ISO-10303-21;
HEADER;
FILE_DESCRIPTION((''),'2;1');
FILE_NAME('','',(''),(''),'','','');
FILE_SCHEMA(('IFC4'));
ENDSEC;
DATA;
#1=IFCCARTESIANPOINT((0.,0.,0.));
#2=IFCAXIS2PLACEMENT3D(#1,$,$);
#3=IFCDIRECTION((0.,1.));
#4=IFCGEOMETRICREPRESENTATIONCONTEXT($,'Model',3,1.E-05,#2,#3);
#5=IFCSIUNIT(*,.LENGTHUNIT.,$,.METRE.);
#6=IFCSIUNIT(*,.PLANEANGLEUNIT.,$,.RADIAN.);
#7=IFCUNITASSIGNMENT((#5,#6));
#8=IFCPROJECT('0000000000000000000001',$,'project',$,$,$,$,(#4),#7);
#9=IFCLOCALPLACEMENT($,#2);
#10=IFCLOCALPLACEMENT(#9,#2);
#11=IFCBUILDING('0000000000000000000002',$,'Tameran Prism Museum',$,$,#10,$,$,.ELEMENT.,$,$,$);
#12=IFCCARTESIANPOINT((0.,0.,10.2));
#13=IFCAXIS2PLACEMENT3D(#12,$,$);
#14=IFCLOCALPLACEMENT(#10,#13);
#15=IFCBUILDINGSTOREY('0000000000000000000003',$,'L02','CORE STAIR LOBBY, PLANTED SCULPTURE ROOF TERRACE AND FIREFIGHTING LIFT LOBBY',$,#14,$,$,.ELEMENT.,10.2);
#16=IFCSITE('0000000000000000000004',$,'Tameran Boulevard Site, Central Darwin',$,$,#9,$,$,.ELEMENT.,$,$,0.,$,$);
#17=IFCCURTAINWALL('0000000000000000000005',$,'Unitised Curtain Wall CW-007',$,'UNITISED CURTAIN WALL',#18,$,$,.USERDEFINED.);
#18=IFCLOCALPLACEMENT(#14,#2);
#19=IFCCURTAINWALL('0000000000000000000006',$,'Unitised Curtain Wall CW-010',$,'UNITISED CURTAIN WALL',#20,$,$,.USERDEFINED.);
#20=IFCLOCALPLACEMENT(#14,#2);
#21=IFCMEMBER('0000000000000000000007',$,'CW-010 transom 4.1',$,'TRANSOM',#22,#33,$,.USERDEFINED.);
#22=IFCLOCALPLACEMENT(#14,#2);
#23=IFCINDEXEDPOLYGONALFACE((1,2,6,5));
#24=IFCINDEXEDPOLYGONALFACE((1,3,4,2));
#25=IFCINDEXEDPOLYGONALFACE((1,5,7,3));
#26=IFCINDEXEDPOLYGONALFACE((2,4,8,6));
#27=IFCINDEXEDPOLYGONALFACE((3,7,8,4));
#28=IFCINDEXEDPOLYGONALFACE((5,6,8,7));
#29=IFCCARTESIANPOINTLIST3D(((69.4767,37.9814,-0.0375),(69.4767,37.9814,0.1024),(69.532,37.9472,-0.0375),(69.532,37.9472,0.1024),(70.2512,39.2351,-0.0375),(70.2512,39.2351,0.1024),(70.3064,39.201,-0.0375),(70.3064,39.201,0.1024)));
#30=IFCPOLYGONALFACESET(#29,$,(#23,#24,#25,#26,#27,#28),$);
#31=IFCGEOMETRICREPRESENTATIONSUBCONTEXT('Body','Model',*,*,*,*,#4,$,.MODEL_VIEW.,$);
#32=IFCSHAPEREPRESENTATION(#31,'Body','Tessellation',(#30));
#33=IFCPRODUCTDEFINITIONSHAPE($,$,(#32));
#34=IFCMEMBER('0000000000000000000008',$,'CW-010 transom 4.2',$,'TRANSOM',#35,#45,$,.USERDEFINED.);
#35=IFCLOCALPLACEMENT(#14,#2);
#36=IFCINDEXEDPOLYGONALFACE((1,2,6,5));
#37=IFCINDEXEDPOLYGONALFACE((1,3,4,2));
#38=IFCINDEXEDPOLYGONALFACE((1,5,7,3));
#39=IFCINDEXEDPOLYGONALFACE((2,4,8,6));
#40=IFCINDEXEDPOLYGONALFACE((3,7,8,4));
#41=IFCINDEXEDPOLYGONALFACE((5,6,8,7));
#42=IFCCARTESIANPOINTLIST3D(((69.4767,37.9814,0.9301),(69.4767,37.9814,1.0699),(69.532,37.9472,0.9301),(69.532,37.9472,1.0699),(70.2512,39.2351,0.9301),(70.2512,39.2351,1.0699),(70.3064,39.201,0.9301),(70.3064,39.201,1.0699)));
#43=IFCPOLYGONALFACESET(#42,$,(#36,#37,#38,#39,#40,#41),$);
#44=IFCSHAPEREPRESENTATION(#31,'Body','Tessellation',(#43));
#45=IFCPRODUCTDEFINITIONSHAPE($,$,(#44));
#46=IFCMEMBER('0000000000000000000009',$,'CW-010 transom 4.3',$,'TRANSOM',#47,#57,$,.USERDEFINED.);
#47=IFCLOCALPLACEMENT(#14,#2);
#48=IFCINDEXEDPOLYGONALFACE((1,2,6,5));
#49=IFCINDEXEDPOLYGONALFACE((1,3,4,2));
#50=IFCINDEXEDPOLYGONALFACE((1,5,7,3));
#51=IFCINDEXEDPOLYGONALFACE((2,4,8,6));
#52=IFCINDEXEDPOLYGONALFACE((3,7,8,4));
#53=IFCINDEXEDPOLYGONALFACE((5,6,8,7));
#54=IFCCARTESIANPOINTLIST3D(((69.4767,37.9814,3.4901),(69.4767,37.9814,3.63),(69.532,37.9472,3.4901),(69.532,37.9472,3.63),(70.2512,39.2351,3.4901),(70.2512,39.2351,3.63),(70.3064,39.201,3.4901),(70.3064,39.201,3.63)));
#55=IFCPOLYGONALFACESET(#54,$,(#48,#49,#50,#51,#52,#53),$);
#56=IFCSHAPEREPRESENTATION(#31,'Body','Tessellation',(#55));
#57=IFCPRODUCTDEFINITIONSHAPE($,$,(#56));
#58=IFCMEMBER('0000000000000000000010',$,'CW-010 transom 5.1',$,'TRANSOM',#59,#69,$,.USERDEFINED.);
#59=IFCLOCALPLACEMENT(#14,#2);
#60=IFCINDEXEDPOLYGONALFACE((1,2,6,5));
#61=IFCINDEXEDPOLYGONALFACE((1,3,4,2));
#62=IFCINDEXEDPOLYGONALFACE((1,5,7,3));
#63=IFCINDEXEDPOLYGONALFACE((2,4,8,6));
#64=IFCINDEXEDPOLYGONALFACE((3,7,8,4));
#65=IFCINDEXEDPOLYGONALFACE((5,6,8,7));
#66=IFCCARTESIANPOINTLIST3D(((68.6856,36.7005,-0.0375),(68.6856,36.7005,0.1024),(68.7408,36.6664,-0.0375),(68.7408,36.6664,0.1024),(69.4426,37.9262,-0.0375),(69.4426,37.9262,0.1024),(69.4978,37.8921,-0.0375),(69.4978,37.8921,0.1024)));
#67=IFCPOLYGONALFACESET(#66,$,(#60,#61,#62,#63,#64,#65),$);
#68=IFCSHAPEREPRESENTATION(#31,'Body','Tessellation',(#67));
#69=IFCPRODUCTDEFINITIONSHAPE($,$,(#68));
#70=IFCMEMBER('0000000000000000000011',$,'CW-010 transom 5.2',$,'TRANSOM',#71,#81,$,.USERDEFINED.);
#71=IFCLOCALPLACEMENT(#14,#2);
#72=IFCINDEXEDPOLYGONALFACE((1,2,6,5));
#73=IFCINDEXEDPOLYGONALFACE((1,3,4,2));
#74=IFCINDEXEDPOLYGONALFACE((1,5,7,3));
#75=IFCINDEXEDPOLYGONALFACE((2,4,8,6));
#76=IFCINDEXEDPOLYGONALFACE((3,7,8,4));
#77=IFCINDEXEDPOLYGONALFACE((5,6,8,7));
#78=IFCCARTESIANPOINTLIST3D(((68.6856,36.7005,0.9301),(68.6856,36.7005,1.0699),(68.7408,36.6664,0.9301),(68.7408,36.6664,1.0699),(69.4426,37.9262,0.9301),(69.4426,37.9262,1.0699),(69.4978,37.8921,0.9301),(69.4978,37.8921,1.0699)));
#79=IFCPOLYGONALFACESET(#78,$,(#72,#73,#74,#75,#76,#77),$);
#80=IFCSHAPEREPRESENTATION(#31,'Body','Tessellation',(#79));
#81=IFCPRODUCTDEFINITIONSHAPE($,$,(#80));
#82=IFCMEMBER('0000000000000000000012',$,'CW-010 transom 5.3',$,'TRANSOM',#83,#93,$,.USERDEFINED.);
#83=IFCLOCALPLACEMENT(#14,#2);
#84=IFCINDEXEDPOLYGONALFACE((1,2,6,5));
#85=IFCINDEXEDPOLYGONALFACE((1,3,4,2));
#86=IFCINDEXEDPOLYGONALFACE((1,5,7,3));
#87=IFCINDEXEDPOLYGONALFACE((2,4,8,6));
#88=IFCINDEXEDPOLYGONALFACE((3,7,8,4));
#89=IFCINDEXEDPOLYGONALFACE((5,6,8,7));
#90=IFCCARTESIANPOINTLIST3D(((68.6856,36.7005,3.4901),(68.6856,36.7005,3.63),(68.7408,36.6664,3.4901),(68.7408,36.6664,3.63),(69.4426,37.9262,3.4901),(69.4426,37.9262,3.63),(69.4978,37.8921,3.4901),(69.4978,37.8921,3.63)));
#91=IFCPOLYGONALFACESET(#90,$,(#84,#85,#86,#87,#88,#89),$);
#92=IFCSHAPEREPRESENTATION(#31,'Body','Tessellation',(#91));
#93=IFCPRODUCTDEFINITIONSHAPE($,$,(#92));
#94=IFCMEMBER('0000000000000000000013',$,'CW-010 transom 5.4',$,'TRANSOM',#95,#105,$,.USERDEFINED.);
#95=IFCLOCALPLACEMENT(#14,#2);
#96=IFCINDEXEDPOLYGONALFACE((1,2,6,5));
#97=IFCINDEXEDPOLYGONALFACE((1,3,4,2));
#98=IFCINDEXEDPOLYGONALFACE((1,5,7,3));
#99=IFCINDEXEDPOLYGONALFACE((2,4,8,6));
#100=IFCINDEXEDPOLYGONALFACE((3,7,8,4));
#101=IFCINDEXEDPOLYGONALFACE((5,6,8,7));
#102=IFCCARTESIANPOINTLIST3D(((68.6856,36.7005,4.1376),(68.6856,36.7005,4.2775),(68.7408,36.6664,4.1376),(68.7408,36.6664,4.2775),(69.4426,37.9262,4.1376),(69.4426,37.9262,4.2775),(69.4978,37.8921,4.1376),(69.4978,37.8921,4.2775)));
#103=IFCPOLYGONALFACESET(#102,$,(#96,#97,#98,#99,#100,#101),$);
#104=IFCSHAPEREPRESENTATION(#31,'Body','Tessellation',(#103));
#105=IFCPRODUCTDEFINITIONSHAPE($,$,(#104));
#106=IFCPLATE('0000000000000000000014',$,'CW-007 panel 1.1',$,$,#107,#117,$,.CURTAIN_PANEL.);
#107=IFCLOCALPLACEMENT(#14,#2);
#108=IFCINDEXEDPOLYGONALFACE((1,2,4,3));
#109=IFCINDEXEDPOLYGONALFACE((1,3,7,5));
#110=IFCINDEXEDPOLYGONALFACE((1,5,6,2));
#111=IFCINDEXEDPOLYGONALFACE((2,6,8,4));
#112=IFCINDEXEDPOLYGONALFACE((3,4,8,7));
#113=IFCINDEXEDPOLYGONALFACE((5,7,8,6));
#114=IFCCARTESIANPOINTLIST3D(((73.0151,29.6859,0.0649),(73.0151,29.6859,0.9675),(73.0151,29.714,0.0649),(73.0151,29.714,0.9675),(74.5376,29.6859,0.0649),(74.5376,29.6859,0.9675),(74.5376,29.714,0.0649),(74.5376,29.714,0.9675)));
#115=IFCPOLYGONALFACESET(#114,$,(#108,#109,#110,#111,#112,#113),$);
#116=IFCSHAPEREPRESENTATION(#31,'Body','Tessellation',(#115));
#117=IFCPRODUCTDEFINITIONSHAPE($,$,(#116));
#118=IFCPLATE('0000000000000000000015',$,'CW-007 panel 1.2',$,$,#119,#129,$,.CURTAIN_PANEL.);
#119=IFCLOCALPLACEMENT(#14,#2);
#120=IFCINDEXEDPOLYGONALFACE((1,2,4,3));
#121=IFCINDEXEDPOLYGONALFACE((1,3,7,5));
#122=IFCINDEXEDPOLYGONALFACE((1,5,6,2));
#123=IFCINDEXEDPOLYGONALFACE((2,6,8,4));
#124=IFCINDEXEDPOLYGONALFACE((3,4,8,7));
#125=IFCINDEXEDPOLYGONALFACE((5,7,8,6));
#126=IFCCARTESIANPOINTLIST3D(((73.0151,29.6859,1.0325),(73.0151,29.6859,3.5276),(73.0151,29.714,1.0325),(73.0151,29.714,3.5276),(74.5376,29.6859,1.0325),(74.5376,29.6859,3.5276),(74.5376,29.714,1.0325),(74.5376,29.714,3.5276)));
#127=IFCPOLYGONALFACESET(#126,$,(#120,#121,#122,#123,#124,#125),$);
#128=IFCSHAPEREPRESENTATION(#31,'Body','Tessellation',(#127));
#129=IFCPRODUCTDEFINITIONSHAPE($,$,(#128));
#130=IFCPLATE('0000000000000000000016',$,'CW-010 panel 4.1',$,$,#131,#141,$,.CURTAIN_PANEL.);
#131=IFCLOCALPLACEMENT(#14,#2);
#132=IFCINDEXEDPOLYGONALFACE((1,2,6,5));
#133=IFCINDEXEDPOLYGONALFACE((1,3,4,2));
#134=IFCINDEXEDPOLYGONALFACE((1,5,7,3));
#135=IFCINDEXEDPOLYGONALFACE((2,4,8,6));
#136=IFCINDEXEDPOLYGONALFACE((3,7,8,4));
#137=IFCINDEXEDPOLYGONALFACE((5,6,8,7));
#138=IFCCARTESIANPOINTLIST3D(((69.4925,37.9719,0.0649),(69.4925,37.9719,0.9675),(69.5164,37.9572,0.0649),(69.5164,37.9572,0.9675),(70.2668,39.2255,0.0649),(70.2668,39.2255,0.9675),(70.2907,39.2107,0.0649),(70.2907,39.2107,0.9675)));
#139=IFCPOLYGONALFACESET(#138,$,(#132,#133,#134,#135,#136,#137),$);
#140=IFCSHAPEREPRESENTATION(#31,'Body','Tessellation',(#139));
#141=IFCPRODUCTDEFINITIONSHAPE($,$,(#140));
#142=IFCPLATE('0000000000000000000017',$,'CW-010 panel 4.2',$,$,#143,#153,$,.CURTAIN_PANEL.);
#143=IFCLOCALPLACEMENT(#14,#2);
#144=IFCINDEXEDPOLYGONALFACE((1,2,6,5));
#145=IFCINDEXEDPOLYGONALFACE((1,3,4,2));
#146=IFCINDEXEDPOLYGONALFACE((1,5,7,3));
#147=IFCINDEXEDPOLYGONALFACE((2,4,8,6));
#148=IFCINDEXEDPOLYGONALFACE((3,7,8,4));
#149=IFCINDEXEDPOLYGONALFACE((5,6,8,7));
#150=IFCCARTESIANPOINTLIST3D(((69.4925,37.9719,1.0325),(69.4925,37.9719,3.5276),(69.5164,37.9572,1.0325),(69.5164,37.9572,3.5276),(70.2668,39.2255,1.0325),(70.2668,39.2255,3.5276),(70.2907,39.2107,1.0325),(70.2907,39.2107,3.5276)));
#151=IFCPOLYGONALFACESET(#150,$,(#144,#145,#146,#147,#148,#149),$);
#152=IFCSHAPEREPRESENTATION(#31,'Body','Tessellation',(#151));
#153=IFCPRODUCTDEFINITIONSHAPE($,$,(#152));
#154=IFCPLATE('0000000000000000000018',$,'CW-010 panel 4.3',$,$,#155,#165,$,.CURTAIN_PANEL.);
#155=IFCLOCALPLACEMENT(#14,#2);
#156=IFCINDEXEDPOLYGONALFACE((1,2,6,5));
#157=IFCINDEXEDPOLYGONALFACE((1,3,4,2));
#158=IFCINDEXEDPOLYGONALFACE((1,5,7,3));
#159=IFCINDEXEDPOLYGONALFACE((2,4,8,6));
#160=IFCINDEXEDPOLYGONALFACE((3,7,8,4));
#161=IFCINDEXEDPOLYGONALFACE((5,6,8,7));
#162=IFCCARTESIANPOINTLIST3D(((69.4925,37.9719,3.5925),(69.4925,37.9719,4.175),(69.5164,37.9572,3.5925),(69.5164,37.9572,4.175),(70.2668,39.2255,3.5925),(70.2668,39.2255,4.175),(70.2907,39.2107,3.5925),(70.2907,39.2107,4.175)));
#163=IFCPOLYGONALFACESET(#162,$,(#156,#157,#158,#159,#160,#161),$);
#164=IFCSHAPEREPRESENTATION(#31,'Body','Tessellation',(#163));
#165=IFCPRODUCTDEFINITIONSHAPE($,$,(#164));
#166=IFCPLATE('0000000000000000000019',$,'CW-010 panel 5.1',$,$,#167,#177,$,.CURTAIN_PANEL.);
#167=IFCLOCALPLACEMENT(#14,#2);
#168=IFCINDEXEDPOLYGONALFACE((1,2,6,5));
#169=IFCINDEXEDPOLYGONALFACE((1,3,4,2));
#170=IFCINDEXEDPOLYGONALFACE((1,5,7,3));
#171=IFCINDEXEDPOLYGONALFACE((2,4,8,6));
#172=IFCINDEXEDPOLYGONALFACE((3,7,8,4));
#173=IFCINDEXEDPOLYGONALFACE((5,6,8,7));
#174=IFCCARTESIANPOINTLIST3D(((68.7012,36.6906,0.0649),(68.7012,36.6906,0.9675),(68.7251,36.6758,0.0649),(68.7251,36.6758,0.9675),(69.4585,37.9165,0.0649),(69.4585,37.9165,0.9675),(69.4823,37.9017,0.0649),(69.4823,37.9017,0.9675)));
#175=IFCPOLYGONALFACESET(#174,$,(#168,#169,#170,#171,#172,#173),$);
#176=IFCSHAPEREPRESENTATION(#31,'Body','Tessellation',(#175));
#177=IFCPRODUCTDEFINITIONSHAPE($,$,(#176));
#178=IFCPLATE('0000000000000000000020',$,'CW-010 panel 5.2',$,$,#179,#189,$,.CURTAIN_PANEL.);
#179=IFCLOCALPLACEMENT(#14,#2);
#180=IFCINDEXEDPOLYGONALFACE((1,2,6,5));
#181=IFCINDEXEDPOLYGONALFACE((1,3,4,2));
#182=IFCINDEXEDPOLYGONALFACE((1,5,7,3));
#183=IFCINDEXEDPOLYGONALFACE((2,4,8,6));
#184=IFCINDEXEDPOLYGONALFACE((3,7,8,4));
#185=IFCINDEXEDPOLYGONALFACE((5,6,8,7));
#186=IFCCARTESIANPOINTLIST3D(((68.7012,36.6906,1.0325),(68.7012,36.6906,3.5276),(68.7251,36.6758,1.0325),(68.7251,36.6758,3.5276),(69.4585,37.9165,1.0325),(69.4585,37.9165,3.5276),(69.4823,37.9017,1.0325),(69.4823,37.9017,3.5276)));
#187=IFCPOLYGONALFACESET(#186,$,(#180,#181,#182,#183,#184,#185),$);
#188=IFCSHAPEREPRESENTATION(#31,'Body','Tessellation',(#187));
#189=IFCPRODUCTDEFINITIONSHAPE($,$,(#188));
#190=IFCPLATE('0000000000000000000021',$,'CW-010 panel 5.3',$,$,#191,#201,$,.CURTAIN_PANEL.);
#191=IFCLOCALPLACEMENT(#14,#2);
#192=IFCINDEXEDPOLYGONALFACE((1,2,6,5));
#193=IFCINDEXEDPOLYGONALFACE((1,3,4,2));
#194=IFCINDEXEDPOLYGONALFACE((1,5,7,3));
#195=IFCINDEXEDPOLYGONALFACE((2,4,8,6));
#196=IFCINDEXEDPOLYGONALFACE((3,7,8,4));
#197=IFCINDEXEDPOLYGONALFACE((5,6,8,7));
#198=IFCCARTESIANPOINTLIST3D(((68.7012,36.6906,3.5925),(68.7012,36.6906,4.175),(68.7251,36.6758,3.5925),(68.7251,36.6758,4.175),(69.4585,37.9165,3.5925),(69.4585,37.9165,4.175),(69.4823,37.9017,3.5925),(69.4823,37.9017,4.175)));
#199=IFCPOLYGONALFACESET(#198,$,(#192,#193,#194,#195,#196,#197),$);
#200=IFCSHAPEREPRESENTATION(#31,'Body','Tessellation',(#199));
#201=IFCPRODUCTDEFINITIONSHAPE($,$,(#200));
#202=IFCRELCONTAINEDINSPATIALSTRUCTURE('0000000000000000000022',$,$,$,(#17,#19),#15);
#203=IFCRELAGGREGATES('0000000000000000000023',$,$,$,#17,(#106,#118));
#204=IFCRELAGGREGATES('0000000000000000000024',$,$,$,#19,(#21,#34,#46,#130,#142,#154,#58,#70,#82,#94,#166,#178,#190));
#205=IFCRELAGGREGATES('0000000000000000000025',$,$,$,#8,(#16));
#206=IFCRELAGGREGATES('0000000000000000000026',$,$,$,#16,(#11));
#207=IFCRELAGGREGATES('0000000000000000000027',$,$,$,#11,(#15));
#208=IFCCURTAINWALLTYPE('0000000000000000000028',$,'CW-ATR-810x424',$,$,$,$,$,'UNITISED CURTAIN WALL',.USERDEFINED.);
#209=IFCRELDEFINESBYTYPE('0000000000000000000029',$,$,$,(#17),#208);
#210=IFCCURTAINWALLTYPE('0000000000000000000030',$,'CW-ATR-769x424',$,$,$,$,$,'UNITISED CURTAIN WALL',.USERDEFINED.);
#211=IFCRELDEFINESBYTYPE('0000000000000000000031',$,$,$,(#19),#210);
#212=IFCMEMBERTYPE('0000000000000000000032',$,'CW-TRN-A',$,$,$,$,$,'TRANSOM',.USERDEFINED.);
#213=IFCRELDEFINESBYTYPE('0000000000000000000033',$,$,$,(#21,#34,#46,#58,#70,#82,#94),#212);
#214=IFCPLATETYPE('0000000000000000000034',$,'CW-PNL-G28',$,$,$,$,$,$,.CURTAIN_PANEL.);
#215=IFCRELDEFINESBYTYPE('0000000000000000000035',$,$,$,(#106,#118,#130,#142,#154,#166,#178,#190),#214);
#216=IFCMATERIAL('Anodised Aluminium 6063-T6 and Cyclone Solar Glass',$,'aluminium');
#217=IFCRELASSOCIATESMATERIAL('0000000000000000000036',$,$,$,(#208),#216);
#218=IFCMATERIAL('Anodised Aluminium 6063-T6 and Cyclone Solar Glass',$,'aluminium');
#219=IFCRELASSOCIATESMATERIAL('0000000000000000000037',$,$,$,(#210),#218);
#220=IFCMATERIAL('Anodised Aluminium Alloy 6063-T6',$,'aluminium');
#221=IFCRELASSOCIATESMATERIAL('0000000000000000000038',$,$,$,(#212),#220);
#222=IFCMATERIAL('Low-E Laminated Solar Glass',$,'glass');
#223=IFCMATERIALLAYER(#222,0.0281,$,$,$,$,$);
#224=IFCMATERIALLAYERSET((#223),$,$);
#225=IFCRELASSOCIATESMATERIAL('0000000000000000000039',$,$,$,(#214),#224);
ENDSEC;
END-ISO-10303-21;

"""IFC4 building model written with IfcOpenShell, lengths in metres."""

from ifc_helpers import new_model, si_unit, direction, frame, origin, origin_2d, place, context, subcontext, project, spatial, rectangle, extrude, material, layer, layer_set, material_profile, profile_set, type_object, element, aggregate, save


model = new_model("IFC4")

# Units and contexts
model_context = context("Model", 3, precision=1e-05, world=origin(), true_north=direction((0.0, 1.0)))
body_context = subcontext(model_context, "Body", "Model", "MODEL_VIEW")
ifc_project = project(units=[si_unit("LENGTHUNIT", "METRE"), si_unit("PLANEANGLEUNIT", "RADIAN")], contexts=[model_context])

# Site, building, storey
site_placement = place(None, origin())
site = spatial("IfcSite", under=ifc_project, at=site_placement, Name="Tameran Boulevard Site, Central Darwin", CompositionType="ELEMENT", RefElevation=0.0)
building_placement = place(site_placement, origin())
building = spatial("IfcBuilding", under=site, at=building_placement, Name="Tameran Prism Museum", CompositionType="ELEMENT")
storey_placement = place(building_placement, frame((0.0, 0.0, 10.2)))
storey = spatial("IfcBuildingStorey", under=building, at=storey_placement, Name="L02", Description="CORE STAIR LOBBY, PLANTED SCULPTURE ROOF TERRACE AND FIREFIGHTING LIFT LOBBY", CompositionType="ELEMENT", Elevation=10.2)

# Curtain wall
ifc_material_1 = material(Name="Anodised Aluminium 6063-T6 and Cyclone Solar Glass", Category="aluminium")
curtain_wall_type_1 = type_object("IfcCurtainWallType", Name="CW-ATR-810x424", ElementType="UNITISED CURTAIN WALL", PredefinedType="USERDEFINED", material=ifc_material_1)
curtain_wall_1_placement = place(storey_placement, origin())
curtain_wall_1 = element("IfcCurtainWall", 1, at=curtain_wall_1_placement, inside=storey, type_object=curtain_wall_type_1, Name="Unitised Curtain Wall CW-007", ObjectType="UNITISED CURTAIN WALL", PredefinedType="USERDEFINED")

# Curtain wall
ifc_material_2 = material(Name="Anodised Aluminium 6063-T6 and Cyclone Solar Glass", Category="aluminium")
curtain_wall_type_2 = type_object("IfcCurtainWallType", Name="CW-ATR-769x424", ElementType="UNITISED CURTAIN WALL", PredefinedType="USERDEFINED", material=ifc_material_2)
curtain_wall_2_placement = place(storey_placement, origin())
curtain_wall_2 = element("IfcCurtainWall", 2, at=curtain_wall_2_placement, inside=storey, type_object=curtain_wall_type_2, Name="Unitised Curtain Wall CW-010", ObjectType="UNITISED CURTAIN WALL", PredefinedType="USERDEFINED")

# Members
ifc_material_3 = material(Name="Anodised Aluminium Alloy 6063-T6", Category="aluminium")
ifc_material_profile_1 = material_profile(ifc_material_3, rectangle(XDim=0.0649, YDim=0.1399, at=origin_2d()))
ifc_profile_set_1 = profile_set([ifc_material_profile_1])
member_type_1 = type_object("IfcMemberType", Name="CW-TRN-A", ElementType="TRANSOM", PredefinedType="USERDEFINED", material=ifc_profile_set_1)
member_1_placement = place(storey_placement, frame((70.2788, 39.218, 0.0325), z_axis=(-0.525539, -0.85077, 0.0), x_axis=(0.85077, -0.525539, 0.0)))
member_1 = element("IfcMember", 3, at=member_1_placement, type_object=member_type_1, Name="CW-010 transom 4.1", ObjectType="TRANSOM", PredefinedType="USERDEFINED", context=body_context, shape_type="SweptSolid", body=[
    extrude(rectangle(XDim=0.0649, YDim=0.1399, at=origin_2d()), origin(), (0.0, 0.0, 1.0), 1.4736),
])
member_2_placement = place(storey_placement, frame((70.2788, 39.218, 1.0), z_axis=(-0.525539, -0.85077, 0.0), x_axis=(0.85077, -0.525539, 0.0)))
member_2 = element("IfcMember", 4, at=member_2_placement, type_object=member_type_1, Name="CW-010 transom 4.2", ObjectType="TRANSOM", PredefinedType="USERDEFINED", context=body_context, shape_type="SweptSolid", body=[
    extrude(rectangle(XDim=0.0649, YDim=0.1399, at=origin_2d()), origin(), (0.0, 0.0, 1.0), 1.4736),
])
member_3_placement = place(storey_placement, frame((70.2788, 39.218, 3.5601), z_axis=(-0.525539, -0.85077, 0.0), x_axis=(0.85077, -0.525539, 0.0)))
member_3 = element("IfcMember", 5, at=member_3_placement, type_object=member_type_1, Name="CW-010 transom 4.3", ObjectType="TRANSOM", PredefinedType="USERDEFINED", context=body_context, shape_type="SweptSolid", body=[
    extrude(rectangle(XDim=0.0649, YDim=0.1399, at=origin_2d()), origin(), (0.0, 0.0, 1.0), 1.4736),
])
member_4_placement = place(storey_placement, frame((69.4702, 37.9092, 0.0325), z_axis=(-0.525468, -0.850814, 0.0), x_axis=(0.850814, -0.525468, 0.0)))
member_4 = element("IfcMember", 6, at=member_4_placement, type_object=member_type_1, Name="CW-010 transom 5.1", ObjectType="TRANSOM", PredefinedType="USERDEFINED", context=body_context, shape_type="SweptSolid", body=[
    extrude(rectangle(XDim=0.0649, YDim=0.1399, at=origin_2d()), origin(), (0.0, 0.0, 1.0), 1.4407),
])
member_5_placement = place(storey_placement, frame((69.4702, 37.9092, 1.0), z_axis=(-0.525468, -0.850814, 0.0), x_axis=(0.850814, -0.525468, 0.0)))
member_5 = element("IfcMember", 7, at=member_5_placement, type_object=member_type_1, Name="CW-010 transom 5.2", ObjectType="TRANSOM", PredefinedType="USERDEFINED", context=body_context, shape_type="SweptSolid", body=[
    extrude(rectangle(XDim=0.0649, YDim=0.1399, at=origin_2d()), origin(), (0.0, 0.0, 1.0), 1.4407),
])
member_6_placement = place(storey_placement, frame((69.4702, 37.9092, 3.5601), z_axis=(-0.525468, -0.850814, 0.0), x_axis=(0.850814, -0.525468, 0.0)))
member_6 = element("IfcMember", 8, at=member_6_placement, type_object=member_type_1, Name="CW-010 transom 5.3", ObjectType="TRANSOM", PredefinedType="USERDEFINED", context=body_context, shape_type="SweptSolid", body=[
    extrude(rectangle(XDim=0.0649, YDim=0.1399, at=origin_2d()), origin(), (0.0, 0.0, 1.0), 1.4407),
])
member_7_placement = place(storey_placement, frame((69.4702, 37.9092, 4.2075), z_axis=(-0.525468, -0.850814, 0.0), x_axis=(0.850814, -0.525468, 0.0)))
member_7 = element("IfcMember", 9, at=member_7_placement, type_object=member_type_1, Name="CW-010 transom 5.4", ObjectType="TRANSOM", PredefinedType="USERDEFINED", context=body_context, shape_type="SweptSolid", body=[
    extrude(rectangle(XDim=0.0649, YDim=0.1399, at=origin_2d()), origin(), (0.0, 0.0, 1.0), 1.4407),
])

# Plates
ifc_material_4 = material(Name="Low-E Laminated Solar Glass", Category="glass")
ifc_layer_1 = layer(ifc_material_4, 0.0281)
ifc_layer_set_1 = layer_set([ifc_layer_1])
plate_type = type_object("IfcPlateType", Name="CW-PNL-G28", PredefinedType="CURTAIN_PANEL", material=ifc_layer_set_1)
plate_1_placement = place(storey_placement, frame((73.7764, 29.7, 0.0649), z_axis=(0.0, 0.0, 1.0), x_axis=(1.0, 0.0, 0.0)))
plate_1 = element("IfcPlate", 10, at=plate_1_placement, type_object=plate_type, Name="CW-007 panel 1.1", PredefinedType="CURTAIN_PANEL", context=body_context, shape_type="SweptSolid", body=[
    extrude(rectangle(XDim=1.5225, YDim=0.0281, at=origin_2d()), origin(), (0.0, 0.0, 1.0), 0.9026),
])
plate_2_placement = place(storey_placement, frame((73.7764, 29.7, 1.0325), z_axis=(0.0, 0.0, 1.0), x_axis=(1.0, 0.0, 0.0)))
plate_2 = element("IfcPlate", 11, at=plate_2_placement, type_object=plate_type, Name="CW-007 panel 1.2", PredefinedType="CURTAIN_PANEL", context=body_context, shape_type="SweptSolid", body=[
    extrude(rectangle(XDim=1.5225, YDim=0.0281, at=origin_2d()), origin(), (0.0, 0.0, 1.0), 2.4951),
])
aggregate(curtain_wall_1, [plate_1, plate_2])
plate_3_placement = place(storey_placement, frame((69.8916, 38.5913, 0.0649), z_axis=(0.0, 0.0, 1.0), x_axis=(-0.525504, -0.850791, 0.0)))
plate_3 = element("IfcPlate", 12, at=plate_3_placement, type_object=plate_type, Name="CW-010 panel 4.1", PredefinedType="CURTAIN_PANEL", context=body_context, shape_type="SweptSolid", body=[
    extrude(rectangle(XDim=1.4734, YDim=0.0281, at=origin_2d()), origin(), (0.0, 0.0, 1.0), 0.9026),
])
plate_4_placement = place(storey_placement, frame((69.8916, 38.5913, 1.0325), z_axis=(0.0, 0.0, 1.0), x_axis=(-0.525504, -0.850791, 0.0)))
plate_4 = element("IfcPlate", 13, at=plate_4_placement, type_object=plate_type, Name="CW-010 panel 4.2", PredefinedType="CURTAIN_PANEL", context=body_context, shape_type="SweptSolid", body=[
    extrude(rectangle(XDim=1.4734, YDim=0.0281, at=origin_2d()), origin(), (0.0, 0.0, 1.0), 2.4951),
])
plate_5_placement = place(storey_placement, frame((69.8916, 38.5913, 3.5925), z_axis=(0.0, 0.0, 1.0), x_axis=(-0.525504, -0.850791, 0.0)))
plate_5 = element("IfcPlate", 14, at=plate_5_placement, type_object=plate_type, Name="CW-010 panel 4.3", PredefinedType="CURTAIN_PANEL", context=body_context, shape_type="SweptSolid", body=[
    extrude(rectangle(XDim=1.4734, YDim=0.0281, at=origin_2d()), origin(), (0.0, 0.0, 1.0), 0.5825),
])
plate_6_placement = place(storey_placement, frame((69.0918, 37.2961, 0.0649), z_axis=(0.0, 0.0, 1.0), x_axis=(-0.525504, -0.850791, 0.0)))
plate_6 = element("IfcPlate", 15, at=plate_6_placement, type_object=plate_type, Name="CW-010 panel 5.1", PredefinedType="CURTAIN_PANEL", context=body_context, shape_type="SweptSolid", body=[
    extrude(rectangle(XDim=1.4409, YDim=0.0281, at=origin_2d()), origin(), (0.0, 0.0, 1.0), 0.9026),
])
plate_7_placement = place(storey_placement, frame((69.0918, 37.2961, 1.0325), z_axis=(0.0, 0.0, 1.0), x_axis=(-0.525504, -0.850791, 0.0)))
plate_7 = element("IfcPlate", 16, at=plate_7_placement, type_object=plate_type, Name="CW-010 panel 5.2", PredefinedType="CURTAIN_PANEL", context=body_context, shape_type="SweptSolid", body=[
    extrude(rectangle(XDim=1.4409, YDim=0.0281, at=origin_2d()), origin(), (0.0, 0.0, 1.0), 2.4951),
])
plate_8_placement = place(storey_placement, frame((69.0918, 37.2961, 3.5925), z_axis=(0.0, 0.0, 1.0), x_axis=(-0.525504, -0.850791, 0.0)))
plate_8 = element("IfcPlate", 17, at=plate_8_placement, type_object=plate_type, Name="CW-010 panel 5.3", PredefinedType="CURTAIN_PANEL", context=body_context, shape_type="SweptSolid", body=[
    extrude(rectangle(XDim=1.4409, YDim=0.0281, at=origin_2d()), origin(), (0.0, 0.0, 1.0), 0.5825),
])
aggregate(curtain_wall_2, [member_1, member_2, member_3, plate_3, plate_4, plate_5, member_4, member_5, member_6, member_7, plate_6, plate_7, plate_8])

save(model, "model.ifc")
